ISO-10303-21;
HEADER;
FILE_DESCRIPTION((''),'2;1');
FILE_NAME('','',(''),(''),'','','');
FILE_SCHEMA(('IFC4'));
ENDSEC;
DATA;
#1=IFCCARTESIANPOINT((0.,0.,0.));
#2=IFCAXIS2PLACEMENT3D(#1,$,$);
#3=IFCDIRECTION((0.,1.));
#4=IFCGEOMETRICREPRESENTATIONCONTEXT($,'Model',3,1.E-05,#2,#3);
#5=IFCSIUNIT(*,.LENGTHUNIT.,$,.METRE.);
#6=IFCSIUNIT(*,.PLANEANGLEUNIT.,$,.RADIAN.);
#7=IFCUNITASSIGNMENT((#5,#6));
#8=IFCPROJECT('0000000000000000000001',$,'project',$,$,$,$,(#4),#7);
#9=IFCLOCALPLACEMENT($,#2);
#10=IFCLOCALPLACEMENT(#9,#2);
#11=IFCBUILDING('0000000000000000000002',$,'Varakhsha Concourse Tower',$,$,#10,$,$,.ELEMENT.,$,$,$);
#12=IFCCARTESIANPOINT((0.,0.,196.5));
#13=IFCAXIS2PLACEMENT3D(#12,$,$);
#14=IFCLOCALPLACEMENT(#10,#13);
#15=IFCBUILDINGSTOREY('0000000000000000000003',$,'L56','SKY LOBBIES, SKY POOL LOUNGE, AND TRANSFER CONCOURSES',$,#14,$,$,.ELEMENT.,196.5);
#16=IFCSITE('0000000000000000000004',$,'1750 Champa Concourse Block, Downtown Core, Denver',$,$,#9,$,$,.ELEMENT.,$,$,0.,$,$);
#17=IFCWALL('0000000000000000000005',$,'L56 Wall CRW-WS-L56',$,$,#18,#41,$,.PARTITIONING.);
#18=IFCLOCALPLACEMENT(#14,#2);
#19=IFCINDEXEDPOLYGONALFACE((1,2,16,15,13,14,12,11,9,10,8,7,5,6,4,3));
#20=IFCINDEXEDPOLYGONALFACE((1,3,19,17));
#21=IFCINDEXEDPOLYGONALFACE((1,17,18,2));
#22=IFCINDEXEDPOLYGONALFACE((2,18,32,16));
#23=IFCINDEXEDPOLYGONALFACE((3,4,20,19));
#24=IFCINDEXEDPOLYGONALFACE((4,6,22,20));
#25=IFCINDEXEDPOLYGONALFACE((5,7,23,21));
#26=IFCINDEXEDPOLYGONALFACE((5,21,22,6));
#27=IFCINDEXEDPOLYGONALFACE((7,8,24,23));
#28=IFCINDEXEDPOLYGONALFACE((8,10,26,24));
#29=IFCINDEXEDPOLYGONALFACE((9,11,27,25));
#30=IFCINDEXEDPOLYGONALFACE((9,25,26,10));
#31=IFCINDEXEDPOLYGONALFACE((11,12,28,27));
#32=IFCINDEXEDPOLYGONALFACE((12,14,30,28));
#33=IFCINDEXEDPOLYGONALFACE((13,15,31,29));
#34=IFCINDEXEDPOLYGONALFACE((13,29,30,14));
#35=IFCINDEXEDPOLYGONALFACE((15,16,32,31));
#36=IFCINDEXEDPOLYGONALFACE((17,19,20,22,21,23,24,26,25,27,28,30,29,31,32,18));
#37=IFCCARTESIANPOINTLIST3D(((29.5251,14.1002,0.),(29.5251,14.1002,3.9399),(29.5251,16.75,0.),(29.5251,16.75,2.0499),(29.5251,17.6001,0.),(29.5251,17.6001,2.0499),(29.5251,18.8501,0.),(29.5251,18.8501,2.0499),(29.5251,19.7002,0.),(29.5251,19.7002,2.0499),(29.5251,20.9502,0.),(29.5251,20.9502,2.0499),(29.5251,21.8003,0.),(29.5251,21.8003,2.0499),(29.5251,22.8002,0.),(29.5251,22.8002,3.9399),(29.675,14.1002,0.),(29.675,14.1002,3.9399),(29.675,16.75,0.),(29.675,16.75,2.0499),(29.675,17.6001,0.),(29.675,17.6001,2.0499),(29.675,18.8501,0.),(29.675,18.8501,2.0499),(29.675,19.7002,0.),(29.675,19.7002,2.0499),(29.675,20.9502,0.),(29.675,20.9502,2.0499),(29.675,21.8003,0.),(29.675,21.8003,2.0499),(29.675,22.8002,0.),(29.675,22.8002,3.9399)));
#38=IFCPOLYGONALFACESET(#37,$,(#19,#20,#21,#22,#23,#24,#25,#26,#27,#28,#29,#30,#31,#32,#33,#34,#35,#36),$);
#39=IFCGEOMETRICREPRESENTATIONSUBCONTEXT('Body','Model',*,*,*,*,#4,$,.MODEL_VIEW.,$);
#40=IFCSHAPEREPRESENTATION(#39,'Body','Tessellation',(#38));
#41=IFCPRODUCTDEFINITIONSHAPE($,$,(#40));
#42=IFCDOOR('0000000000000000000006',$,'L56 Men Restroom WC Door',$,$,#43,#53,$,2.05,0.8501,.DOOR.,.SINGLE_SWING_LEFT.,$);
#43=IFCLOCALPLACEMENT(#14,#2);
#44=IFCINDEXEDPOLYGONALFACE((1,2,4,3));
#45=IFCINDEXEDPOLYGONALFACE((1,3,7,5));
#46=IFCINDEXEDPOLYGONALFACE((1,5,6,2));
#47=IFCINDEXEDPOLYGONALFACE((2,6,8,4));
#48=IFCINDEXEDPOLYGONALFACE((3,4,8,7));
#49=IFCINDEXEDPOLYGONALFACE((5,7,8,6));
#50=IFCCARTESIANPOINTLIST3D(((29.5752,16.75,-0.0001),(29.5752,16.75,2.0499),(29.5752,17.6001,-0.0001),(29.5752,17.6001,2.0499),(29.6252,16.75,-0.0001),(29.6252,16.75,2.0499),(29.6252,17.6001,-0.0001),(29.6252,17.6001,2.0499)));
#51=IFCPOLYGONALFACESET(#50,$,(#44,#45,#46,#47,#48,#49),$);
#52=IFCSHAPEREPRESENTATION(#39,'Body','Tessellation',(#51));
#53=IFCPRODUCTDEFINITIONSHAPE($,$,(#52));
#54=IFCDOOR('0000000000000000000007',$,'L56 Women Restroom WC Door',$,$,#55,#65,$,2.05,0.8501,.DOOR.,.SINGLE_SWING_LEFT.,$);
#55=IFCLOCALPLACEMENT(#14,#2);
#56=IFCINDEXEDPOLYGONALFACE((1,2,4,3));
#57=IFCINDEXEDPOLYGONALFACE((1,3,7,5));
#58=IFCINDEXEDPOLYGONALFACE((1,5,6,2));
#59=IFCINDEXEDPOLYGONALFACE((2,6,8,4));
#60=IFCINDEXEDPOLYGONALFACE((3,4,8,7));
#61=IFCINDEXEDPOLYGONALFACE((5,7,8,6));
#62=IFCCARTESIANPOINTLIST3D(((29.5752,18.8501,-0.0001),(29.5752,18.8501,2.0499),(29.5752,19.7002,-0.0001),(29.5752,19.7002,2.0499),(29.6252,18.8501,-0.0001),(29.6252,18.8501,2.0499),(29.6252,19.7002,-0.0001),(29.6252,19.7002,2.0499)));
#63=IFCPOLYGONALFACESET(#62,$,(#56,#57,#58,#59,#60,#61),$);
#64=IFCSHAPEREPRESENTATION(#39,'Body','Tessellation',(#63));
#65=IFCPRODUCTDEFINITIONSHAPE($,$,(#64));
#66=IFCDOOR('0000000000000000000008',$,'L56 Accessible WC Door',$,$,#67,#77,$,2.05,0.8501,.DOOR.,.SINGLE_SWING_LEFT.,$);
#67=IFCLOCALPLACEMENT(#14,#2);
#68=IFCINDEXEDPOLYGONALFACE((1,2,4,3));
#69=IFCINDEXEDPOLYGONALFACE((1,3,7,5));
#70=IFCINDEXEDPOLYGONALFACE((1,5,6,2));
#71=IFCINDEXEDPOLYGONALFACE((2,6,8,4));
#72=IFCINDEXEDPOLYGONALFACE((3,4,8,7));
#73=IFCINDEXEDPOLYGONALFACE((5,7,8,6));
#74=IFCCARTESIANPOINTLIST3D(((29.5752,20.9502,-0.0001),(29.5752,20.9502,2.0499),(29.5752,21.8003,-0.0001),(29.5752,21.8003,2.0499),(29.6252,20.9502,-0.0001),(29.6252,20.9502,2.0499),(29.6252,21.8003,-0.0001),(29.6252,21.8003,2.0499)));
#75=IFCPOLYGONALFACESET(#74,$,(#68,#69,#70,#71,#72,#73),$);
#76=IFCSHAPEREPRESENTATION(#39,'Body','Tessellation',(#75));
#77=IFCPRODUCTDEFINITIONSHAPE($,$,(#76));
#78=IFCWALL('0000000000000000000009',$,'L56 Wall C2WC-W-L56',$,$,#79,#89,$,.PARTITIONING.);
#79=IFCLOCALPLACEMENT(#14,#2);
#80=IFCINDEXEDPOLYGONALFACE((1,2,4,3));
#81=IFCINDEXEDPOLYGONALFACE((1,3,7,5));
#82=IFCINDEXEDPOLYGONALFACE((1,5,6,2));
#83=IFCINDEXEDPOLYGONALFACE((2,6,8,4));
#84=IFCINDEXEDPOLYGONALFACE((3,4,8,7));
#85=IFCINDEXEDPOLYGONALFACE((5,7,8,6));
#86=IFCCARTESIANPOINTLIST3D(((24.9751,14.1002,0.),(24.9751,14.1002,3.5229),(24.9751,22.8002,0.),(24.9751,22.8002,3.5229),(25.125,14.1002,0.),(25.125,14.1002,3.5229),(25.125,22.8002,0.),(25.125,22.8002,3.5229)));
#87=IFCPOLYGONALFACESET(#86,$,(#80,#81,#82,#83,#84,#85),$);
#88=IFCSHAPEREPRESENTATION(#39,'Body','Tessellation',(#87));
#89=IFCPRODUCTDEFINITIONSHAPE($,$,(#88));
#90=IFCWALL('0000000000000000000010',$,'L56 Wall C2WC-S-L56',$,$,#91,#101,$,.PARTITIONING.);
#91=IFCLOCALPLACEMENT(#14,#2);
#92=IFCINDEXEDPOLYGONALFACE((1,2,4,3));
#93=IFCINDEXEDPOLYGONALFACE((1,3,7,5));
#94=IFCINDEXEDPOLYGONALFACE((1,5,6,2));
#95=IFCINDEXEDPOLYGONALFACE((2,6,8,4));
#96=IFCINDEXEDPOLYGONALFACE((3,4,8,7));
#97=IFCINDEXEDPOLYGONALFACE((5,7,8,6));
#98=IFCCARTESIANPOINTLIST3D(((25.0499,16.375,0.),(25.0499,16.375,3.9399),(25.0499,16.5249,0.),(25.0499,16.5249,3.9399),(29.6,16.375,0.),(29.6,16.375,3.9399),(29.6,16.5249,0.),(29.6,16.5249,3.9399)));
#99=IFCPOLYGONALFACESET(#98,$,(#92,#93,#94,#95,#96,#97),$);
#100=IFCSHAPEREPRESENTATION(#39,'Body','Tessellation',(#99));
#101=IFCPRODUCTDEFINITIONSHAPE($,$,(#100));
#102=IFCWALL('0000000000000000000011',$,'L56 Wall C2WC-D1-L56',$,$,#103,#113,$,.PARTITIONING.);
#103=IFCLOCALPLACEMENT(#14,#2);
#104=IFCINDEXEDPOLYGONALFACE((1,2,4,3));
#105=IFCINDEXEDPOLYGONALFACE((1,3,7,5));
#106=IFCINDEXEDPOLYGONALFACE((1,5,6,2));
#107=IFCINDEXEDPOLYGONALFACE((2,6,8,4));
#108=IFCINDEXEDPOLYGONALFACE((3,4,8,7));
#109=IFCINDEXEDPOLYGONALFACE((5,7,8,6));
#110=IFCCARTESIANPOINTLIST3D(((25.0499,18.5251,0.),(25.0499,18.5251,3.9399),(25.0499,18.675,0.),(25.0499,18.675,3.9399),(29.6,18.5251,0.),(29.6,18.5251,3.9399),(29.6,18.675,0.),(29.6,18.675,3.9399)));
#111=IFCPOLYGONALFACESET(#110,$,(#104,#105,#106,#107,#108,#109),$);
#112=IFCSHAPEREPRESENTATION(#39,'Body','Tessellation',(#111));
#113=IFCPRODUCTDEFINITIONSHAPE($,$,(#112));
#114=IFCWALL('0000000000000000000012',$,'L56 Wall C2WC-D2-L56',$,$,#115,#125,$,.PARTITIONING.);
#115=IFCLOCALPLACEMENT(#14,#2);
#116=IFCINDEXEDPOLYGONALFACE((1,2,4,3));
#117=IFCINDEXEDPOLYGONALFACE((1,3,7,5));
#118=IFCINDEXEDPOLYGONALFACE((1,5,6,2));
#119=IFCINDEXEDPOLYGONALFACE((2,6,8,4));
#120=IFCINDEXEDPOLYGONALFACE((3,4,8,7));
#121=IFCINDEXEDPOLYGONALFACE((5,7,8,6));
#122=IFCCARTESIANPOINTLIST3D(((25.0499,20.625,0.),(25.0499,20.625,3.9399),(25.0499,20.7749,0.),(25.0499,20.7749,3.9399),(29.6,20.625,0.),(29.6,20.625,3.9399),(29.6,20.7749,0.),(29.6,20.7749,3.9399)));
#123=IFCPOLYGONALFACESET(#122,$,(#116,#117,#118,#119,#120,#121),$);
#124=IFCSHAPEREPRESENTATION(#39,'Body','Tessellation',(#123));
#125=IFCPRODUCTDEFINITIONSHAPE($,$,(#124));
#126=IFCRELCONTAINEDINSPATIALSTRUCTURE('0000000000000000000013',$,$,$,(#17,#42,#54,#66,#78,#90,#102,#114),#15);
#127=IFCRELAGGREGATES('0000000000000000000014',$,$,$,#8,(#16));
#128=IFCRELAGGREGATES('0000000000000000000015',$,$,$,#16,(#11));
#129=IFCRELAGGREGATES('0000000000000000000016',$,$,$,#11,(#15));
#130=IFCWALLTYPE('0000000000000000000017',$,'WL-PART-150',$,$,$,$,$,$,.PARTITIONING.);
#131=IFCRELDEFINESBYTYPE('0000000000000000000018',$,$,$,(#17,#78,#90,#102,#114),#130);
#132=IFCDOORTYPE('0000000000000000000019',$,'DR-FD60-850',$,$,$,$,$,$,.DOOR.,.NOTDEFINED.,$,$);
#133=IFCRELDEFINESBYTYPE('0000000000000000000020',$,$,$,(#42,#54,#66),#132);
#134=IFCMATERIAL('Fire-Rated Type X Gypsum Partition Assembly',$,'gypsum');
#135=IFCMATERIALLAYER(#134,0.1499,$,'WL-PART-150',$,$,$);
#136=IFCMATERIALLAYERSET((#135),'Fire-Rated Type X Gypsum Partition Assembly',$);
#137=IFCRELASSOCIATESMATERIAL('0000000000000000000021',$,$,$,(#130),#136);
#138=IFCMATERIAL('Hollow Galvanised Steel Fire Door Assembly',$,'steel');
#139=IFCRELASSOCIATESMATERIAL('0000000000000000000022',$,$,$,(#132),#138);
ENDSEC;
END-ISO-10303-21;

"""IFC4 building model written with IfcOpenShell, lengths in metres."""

from ifc_helpers import new_model, si_unit, direction, frame, frame_2d, origin, place, context, subcontext, project, spatial, rectangle, extrude, material, layer, layer_set, type_object, element, fill, save


model = new_model("IFC4")

# Units and contexts
model_context = context("Model", 3, precision=1e-05, world=origin(), true_north=direction((0.0, 1.0)))
body_context = subcontext(model_context, "Body", "Model", "MODEL_VIEW")
ifc_project = project(units=[si_unit("LENGTHUNIT", "METRE"), si_unit("PLANEANGLEUNIT", "RADIAN")], contexts=[model_context])

# Site, building, storey
site_placement = place(None, origin())
site = spatial("IfcSite", under=ifc_project, at=site_placement, Name="1750 Champa Concourse Block, Downtown Core, Denver", CompositionType="ELEMENT", RefElevation=0.0)
building_placement = place(site_placement, origin())
building = spatial("IfcBuilding", under=site, at=building_placement, Name="Varakhsha Concourse Tower", CompositionType="ELEMENT")
storey_placement = place(building_placement, frame((0.0, 0.0, 196.5)))
storey = spatial("IfcBuildingStorey", under=building, at=storey_placement, Name="L56", Description="SKY LOBBIES, SKY POOL LOUNGE, AND TRANSFER CONCOURSES", CompositionType="ELEMENT", Elevation=196.5)

# Wall, openings, doors
ifc_material_1 = material(Name="Fire-Rated Type X Gypsum Partition Assembly", Category="gypsum")
ifc_layer_1 = layer(ifc_material_1, 0.1499, Name="WL-PART-150")
ifc_layer_set_1 = layer_set([ifc_layer_1], Name="Fire-Rated Type X Gypsum Partition Assembly")
wall_type = type_object("IfcWallType", Name="WL-PART-150", PredefinedType="PARTITIONING", material=ifc_layer_set_1)
ifc_material_2 = material(Name="Hollow Galvanised Steel Fire Door Assembly", Category="steel")
wall_1_placement = place(storey_placement, frame((29.6001, 14.1001, 0.0), z_axis=(0.0, 0.0, 1.0), x_axis=(0.0, 1.0, 0.0)))
wall_1 = element("IfcWall", 1, at=wall_1_placement, inside=storey, type_object=wall_type, Name="L56 Wall CRW-WS-L56", PredefinedType="PARTITIONING", context=body_context, shape_type="SweptSolid", body=[
    extrude(rectangle(XDim=8.7, YDim=0.1499, at=frame_2d((4.3501, 0.0))), origin(), (0.0, 0.0, 1.0), 3.9399),
])
opening_1_placement = place(wall_1_placement, frame((2.6499, 0.0, 0.0)))
opening_1 = element("IfcOpeningElement", 2, at=opening_1_placement, cuts=wall_1, PredefinedType="OPENING", context=body_context, shape_type="SweptSolid", body=[
    extrude(rectangle(XDim=0.8501, YDim=2.05, at=frame_2d((0.425, 1.0249))), frame((0.0, 0.085, 0.0), z_axis=(0.0, -1.0, 0.0), x_axis=(1.0, 0.0, 0.0)), (0.0, 0.0, 1.0), 0.1699),
])
opening_2_placement = place(wall_1_placement, frame((4.75, 0.0, 0.0)))
opening_2 = element("IfcOpeningElement", 3, at=opening_2_placement, cuts=wall_1, PredefinedType="OPENING", context=body_context, shape_type="SweptSolid", body=[
    extrude(rectangle(XDim=0.8501, YDim=2.05, at=frame_2d((0.425, 1.0249))), frame((0.0, 0.085, 0.0), z_axis=(0.0, -1.0, 0.0), x_axis=(1.0, 0.0, 0.0)), (0.0, 0.0, 1.0), 0.1699),
])
opening_3_placement = place(wall_1_placement, frame((6.8501, 0.0, 0.0)))
opening_3 = element("IfcOpeningElement", 4, at=opening_3_placement, cuts=wall_1, PredefinedType="OPENING", context=body_context, shape_type="SweptSolid", body=[
    extrude(rectangle(XDim=0.8501, YDim=2.05, at=frame_2d((0.425, 1.0249))), frame((0.0, 0.085, 0.0), z_axis=(0.0, -1.0, 0.0), x_axis=(1.0, 0.0, 0.0)), (0.0, 0.0, 1.0), 0.1699),
])
door_type_1 = type_object("IfcDoorType", Name="DR-FD60-850", OperationType="NOTDEFINED", PredefinedType="DOOR", material=ifc_material_2)
door_1_placement = place(opening_1_placement, origin())
door_1 = element("IfcDoor", 5, at=door_1_placement, inside=storey, type_object=door_type_1, Name="L56 Men Restroom WC Door", OperationType="SINGLE_SWING_LEFT", OverallHeight=2.05, OverallWidth=0.8501, PredefinedType="DOOR", context=body_context, shape_type="SweptSolid", body=[
    extrude(rectangle(XDim=0.8501, YDim=2.05, at=frame_2d((0.425, 1.0249))), frame((0.0, 0.0249, 0.0), z_axis=(0.0, -1.0, 0.0), x_axis=(1.0, 0.0, 0.0)), (0.0, 0.0, 1.0), 0.05),
])
fill(opening_1, door_1)
door_2_placement = place(opening_2_placement, origin())
door_2 = element("IfcDoor", 6, at=door_2_placement, inside=storey, type_object=door_type_1, Name="L56 Women Restroom WC Door", OperationType="SINGLE_SWING_LEFT", OverallHeight=2.05, OverallWidth=0.8501, PredefinedType="DOOR", context=body_context, shape_type="SweptSolid", body=[
    extrude(rectangle(XDim=0.8501, YDim=2.05, at=frame_2d((0.425, 1.0249))), frame((0.0, 0.0249, 0.0), z_axis=(0.0, -1.0, 0.0), x_axis=(1.0, 0.0, 0.0)), (0.0, 0.0, 1.0), 0.05),
])
fill(opening_2, door_2)
door_3_placement = place(opening_3_placement, origin())
door_3 = element("IfcDoor", 7, at=door_3_placement, inside=storey, type_object=door_type_1, Name="L56 Accessible WC Door", OperationType="SINGLE_SWING_LEFT", OverallHeight=2.05, OverallWidth=0.8501, PredefinedType="DOOR", context=body_context, shape_type="SweptSolid", body=[
    extrude(rectangle(XDim=0.8501, YDim=2.05, at=frame_2d((0.425, 1.0249))), frame((0.0, 0.0249, 0.0), z_axis=(0.0, -1.0, 0.0), x_axis=(1.0, 0.0, 0.0)), (0.0, 0.0, 1.0), 0.05),
])
fill(opening_3, door_3)

# Walls
wall_2_placement = place(storey_placement, frame((25.05, 14.1001, 0.0), z_axis=(0.0, 0.0, 1.0), x_axis=(0.0, 1.0, 0.0)))
element("IfcWall", 8, at=wall_2_placement, inside=storey, type_object=wall_type, Name="L56 Wall C2WC-W-L56", PredefinedType="PARTITIONING", context=body_context, shape_type="SweptSolid", body=[
    extrude(rectangle(XDim=8.7, YDim=0.1499, at=frame_2d((4.3501, 0.0))), origin(), (0.0, 0.0, 1.0), 3.5229),
])
for number, where, z_axis, x_axis, name in (
    (9, (25.05, 16.45, 0.0), (0.0, 0.0, 1.0), (1.0, 0.0, 0.0), "L56 Wall C2WC-S-L56"),
    (10, (25.05, 18.6001, 0.0), (0.0, 0.0, 1.0), (1.0, 0.0, 0.0), "L56 Wall C2WC-D1-L56"),
    (11, (25.05, 20.7, 0.0), (0.0, 0.0, 1.0), (1.0, 0.0, 0.0), "L56 Wall C2WC-D2-L56"),
):
    element("IfcWall", number, at=place(storey_placement, frame(where, z_axis=z_axis, x_axis=x_axis)), inside=storey, type_object=wall_type, Name=name, PredefinedType="PARTITIONING", context=body_context, shape_type="SweptSolid", body=[
        extrude(rectangle(XDim=4.55, YDim=0.1499, at=frame_2d((2.2749, 0.0))), origin(), (0.0, 0.0, 1.0), 3.9399),
    ])

save(model, "model.ifc")
